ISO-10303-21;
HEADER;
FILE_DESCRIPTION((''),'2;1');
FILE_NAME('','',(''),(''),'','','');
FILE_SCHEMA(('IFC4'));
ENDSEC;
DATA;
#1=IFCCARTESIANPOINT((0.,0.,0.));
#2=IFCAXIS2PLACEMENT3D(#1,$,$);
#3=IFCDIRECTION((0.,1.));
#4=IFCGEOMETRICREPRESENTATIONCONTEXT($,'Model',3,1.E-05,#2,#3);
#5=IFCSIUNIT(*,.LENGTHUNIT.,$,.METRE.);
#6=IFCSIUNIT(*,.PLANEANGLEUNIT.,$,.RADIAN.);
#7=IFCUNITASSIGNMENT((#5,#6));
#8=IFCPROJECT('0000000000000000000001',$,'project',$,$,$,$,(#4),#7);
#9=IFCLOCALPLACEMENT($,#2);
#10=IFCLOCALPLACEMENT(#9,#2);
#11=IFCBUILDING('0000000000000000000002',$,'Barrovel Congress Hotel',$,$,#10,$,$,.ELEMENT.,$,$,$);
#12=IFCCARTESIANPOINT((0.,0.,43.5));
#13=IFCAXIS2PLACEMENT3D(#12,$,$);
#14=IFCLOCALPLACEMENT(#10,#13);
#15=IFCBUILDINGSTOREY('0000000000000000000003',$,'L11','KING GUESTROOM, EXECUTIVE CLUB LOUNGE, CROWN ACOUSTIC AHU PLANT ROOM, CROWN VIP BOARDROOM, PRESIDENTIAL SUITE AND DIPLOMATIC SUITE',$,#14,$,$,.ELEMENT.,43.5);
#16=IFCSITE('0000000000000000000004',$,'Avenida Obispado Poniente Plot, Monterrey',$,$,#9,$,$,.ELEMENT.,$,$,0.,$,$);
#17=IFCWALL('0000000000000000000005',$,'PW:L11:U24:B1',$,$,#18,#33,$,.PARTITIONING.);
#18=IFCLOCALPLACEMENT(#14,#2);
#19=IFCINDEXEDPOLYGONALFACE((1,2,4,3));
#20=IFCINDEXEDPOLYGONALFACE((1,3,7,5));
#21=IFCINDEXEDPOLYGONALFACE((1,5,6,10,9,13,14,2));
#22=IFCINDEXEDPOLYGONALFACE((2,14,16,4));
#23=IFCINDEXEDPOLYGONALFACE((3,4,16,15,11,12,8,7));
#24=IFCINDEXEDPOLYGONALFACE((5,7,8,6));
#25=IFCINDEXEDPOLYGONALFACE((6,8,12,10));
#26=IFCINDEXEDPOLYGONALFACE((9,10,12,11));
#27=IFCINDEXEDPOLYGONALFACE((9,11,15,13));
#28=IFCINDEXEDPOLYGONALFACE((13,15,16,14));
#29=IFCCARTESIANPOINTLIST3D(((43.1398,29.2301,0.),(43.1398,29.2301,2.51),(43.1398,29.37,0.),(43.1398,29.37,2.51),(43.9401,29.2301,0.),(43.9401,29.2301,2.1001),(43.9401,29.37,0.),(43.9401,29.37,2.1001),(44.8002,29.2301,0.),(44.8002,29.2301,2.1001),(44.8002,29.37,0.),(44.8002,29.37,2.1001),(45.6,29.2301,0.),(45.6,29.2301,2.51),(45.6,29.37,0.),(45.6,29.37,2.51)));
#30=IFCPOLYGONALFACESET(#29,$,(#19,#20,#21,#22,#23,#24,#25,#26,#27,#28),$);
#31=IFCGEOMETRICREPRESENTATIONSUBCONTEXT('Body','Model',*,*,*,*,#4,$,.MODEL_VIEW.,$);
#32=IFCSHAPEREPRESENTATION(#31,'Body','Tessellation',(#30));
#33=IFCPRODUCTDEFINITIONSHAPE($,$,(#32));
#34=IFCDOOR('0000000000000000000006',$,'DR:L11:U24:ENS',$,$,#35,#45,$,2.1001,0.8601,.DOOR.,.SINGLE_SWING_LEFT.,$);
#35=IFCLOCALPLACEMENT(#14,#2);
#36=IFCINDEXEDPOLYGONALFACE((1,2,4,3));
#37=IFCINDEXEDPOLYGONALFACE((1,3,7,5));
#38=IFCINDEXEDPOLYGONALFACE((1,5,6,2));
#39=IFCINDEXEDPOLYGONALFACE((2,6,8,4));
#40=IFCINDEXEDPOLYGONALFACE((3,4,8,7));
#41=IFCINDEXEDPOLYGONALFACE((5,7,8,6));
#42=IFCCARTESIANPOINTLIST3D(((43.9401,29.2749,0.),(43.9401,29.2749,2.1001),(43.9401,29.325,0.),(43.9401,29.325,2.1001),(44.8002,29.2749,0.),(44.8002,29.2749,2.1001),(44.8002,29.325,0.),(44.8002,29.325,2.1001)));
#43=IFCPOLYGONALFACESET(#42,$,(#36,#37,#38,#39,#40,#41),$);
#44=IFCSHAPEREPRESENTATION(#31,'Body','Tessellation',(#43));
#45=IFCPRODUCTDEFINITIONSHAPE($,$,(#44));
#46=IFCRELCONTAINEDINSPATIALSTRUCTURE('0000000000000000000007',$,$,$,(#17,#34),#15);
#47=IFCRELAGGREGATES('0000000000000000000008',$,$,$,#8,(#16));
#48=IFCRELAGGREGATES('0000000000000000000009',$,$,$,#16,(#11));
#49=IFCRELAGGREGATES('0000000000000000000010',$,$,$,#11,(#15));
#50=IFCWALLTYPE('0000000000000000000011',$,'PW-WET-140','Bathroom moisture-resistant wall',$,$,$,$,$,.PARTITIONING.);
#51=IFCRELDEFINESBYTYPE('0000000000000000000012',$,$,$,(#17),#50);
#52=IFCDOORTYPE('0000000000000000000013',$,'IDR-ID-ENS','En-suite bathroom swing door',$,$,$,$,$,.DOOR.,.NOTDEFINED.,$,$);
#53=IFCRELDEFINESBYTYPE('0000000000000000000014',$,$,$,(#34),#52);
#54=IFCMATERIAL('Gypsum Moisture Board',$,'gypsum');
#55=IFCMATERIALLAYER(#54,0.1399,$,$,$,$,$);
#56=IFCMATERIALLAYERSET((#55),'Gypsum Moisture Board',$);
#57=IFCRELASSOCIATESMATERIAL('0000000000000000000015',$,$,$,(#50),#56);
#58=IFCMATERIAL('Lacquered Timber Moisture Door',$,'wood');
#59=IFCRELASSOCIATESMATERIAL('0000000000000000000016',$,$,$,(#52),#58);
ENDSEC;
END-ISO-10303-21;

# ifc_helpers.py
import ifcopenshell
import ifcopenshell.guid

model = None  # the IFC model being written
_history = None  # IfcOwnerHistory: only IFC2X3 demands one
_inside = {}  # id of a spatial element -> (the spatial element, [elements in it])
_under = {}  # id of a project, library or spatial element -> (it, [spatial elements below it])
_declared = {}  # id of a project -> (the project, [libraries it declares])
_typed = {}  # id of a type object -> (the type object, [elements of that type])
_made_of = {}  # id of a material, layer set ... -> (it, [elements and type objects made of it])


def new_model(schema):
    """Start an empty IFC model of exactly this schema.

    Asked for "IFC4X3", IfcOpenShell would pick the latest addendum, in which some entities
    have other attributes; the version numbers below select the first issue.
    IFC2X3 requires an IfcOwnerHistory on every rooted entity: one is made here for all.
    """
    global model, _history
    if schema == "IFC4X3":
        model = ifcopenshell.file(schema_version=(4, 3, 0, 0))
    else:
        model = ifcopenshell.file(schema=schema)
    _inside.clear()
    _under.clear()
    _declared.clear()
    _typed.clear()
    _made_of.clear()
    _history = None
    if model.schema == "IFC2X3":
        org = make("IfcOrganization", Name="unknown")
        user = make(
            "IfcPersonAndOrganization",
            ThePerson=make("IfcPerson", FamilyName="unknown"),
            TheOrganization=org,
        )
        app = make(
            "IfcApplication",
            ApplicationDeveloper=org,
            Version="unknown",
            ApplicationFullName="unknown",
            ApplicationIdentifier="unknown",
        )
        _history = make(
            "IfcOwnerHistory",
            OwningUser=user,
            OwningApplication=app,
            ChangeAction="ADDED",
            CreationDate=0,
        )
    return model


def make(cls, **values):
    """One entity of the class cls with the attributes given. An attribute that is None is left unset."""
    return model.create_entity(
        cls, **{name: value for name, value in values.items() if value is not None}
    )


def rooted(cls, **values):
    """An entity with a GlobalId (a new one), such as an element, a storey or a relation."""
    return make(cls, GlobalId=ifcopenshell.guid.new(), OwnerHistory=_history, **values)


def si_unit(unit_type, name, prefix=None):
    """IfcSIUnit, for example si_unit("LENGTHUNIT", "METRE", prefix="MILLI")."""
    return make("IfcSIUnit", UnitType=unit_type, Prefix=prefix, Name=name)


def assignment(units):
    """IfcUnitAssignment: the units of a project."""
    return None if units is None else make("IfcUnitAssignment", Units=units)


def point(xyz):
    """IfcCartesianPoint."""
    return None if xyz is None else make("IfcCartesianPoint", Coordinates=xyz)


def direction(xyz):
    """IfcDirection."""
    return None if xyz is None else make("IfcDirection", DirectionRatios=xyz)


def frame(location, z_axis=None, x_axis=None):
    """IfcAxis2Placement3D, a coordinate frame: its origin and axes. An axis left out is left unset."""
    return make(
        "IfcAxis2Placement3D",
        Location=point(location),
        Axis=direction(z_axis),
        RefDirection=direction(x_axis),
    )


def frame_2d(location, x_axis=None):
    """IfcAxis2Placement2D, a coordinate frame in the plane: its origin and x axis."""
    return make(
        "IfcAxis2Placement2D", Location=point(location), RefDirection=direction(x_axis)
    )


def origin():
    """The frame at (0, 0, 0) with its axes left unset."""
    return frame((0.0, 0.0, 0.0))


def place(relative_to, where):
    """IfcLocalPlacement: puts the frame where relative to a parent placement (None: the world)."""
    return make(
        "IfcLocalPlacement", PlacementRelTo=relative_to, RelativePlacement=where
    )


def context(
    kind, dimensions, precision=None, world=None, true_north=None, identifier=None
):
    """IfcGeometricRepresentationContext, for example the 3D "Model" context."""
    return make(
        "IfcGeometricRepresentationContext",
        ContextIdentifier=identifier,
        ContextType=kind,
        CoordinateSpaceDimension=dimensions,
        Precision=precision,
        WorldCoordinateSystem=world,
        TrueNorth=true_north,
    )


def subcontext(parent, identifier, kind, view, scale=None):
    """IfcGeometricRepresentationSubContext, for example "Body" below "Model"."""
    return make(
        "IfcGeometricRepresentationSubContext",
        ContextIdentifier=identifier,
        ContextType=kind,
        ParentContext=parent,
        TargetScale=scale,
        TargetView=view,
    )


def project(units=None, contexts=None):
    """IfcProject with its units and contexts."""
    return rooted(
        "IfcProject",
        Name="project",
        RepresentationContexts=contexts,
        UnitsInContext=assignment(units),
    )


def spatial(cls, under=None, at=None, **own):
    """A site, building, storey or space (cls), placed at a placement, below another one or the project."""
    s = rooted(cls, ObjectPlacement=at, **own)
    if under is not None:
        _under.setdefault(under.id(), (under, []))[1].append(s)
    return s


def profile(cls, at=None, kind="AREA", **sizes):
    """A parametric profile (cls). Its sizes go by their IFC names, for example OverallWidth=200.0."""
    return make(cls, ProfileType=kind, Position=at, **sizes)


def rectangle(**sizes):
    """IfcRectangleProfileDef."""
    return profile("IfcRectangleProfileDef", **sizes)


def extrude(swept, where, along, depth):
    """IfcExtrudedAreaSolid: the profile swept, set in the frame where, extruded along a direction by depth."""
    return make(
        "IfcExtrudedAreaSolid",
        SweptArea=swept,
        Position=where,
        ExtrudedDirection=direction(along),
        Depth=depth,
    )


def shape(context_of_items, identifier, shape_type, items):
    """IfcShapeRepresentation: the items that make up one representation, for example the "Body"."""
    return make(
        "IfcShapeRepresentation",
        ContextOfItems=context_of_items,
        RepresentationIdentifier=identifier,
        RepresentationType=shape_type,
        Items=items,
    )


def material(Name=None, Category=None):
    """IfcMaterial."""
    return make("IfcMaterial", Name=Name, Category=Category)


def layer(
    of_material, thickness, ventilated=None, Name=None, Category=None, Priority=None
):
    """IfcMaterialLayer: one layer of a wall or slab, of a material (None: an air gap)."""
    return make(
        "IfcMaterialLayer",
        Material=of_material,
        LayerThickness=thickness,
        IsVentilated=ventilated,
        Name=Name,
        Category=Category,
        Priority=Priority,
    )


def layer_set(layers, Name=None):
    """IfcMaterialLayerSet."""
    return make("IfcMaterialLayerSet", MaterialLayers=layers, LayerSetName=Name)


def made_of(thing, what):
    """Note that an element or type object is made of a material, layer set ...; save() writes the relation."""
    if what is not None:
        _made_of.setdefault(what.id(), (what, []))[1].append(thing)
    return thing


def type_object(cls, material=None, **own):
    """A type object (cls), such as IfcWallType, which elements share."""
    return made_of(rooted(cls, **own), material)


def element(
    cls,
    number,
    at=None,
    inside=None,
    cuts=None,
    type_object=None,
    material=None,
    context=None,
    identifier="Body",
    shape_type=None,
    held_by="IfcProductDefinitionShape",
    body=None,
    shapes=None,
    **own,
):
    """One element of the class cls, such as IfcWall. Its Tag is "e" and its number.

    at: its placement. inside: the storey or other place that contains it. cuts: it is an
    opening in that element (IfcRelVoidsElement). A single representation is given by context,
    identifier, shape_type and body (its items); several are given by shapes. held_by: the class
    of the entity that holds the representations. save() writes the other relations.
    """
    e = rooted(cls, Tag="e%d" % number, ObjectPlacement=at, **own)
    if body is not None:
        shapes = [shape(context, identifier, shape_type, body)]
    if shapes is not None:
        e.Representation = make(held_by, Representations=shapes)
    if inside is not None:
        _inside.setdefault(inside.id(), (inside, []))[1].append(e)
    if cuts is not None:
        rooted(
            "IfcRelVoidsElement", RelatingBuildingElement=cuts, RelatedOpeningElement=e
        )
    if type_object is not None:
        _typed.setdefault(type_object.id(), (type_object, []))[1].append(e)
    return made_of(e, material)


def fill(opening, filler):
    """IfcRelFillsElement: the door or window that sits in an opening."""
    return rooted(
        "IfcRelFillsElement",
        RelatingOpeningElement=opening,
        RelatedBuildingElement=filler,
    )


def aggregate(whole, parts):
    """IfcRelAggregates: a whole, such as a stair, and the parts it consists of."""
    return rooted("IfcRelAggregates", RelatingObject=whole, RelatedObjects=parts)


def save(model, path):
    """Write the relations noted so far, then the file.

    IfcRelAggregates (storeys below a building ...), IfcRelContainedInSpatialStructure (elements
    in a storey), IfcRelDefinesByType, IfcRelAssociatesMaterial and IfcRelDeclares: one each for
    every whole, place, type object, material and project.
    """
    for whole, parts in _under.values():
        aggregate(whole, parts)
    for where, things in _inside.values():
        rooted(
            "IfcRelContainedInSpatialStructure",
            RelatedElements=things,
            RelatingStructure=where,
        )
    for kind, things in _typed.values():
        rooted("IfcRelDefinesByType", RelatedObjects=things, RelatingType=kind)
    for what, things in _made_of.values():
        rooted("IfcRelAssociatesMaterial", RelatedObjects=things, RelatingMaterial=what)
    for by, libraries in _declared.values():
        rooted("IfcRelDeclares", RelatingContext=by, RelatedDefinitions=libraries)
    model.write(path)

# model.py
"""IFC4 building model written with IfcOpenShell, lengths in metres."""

from ifc_helpers import new_model, si_unit, direction, frame, frame_2d, origin, place, context, subcontext, project, spatial, rectangle, extrude, material, layer, layer_set, type_object, element, fill, save


model = new_model("IFC4")

# Units and contexts
model_context = context("Model", 3, precision=1e-05, world=origin(), true_north=direction((0.0, 1.0)))
body_context = subcontext(model_context, "Body", "Model", "MODEL_VIEW")
ifc_project = project(units=[si_unit("LENGTHUNIT", "METRE"), si_unit("PLANEANGLEUNIT", "RADIAN")], contexts=[model_context])

# Site, building, storey
site_placement = place(None, origin())
site = spatial("IfcSite", under=ifc_project, at=site_placement, Name="Avenida Obispado Poniente Plot, Monterrey", CompositionType="ELEMENT", RefElevation=0.0)
building_placement = place(site_placement, origin())
building = spatial("IfcBuilding", under=site, at=building_placement, Name="Barrovel Congress Hotel", CompositionType="ELEMENT")
storey_placement = place(building_placement, frame((0.0, 0.0, 43.5)))
storey = spatial("IfcBuildingStorey", under=building, at=storey_placement, Name="L11", Description="KING GUESTROOM, EXECUTIVE CLUB LOUNGE, CROWN ACOUSTIC AHU PLANT ROOM, CROWN VIP BOARDROOM, PRESIDENTIAL SUITE AND DIPLOMATIC SUITE", CompositionType="ELEMENT", Elevation=43.5)

# Wall, opening, door
ifc_material_1 = material(Name="Gypsum Moisture Board", Category="gypsum")
ifc_layer_1 = layer(ifc_material_1, 0.1399)
ifc_layer_set_1 = layer_set([ifc_layer_1], Name="Gypsum Moisture Board")
wall_type_1 = type_object("IfcWallType", Name="PW-WET-140", Description="Bathroom moisture-resistant wall", PredefinedType="PARTITIONING", material=ifc_layer_set_1)
ifc_material_2 = material(Name="Lacquered Timber Moisture Door", Category="wood")
door_type_1 = type_object("IfcDoorType", Name="IDR-ID-ENS", Description="En-suite bathroom swing door", OperationType="NOTDEFINED", PredefinedType="DOOR", material=ifc_material_2)
wall_1_placement = place(storey_placement, frame((43.1399, 29.3, 0.0), z_axis=(0.0, 0.0, 1.0), x_axis=(1.0, 0.0, 0.0)))
wall_1 = element("IfcWall", 1, at=wall_1_placement, inside=storey, type_object=wall_type_1, Name="PW:L11:U24:B1", PredefinedType="PARTITIONING", context=body_context, shape_type="SweptSolid", body=[
    extrude(rectangle(XDim=2.4602, YDim=0.1399, at=frame_2d((1.23, 0.0))), origin(), (0.0, 0.0, 1.0), 2.51),
])
opening_1_placement = place(wall_1_placement, frame((0.8, 0.0, 0.0)))
opening_1 = element("IfcOpeningElement", 2, at=opening_1_placement, cuts=wall_1, PredefinedType="OPENING", context=body_context, shape_type="SweptSolid", body=[
    extrude(rectangle(XDim=0.8601, YDim=2.1001, at=frame_2d((0.4302, 1.05))), frame((0.0, 0.0801, 0.0), z_axis=(0.0, -1.0, 0.0), x_axis=(1.0, 0.0, 0.0)), (0.0, 0.0, 1.0), 0.1599),
])
door_1_placement = place(opening_1_placement, origin())
door_1 = element("IfcDoor", 3, at=door_1_placement, inside=storey, type_object=door_type_1, Name="DR:L11:U24:ENS", OperationType="SINGLE_SWING_LEFT", OverallHeight=2.1001, OverallWidth=0.8601, PredefinedType="DOOR", context=body_context, shape_type="SweptSolid", body=[
    extrude(rectangle(XDim=0.8601, YDim=2.1001, at=frame_2d((0.4302, 1.05))), frame((0.0, 0.0249, 0.0), z_axis=(0.0, -1.0, 0.0), x_axis=(1.0, 0.0, 0.0)), (0.0, 0.0, 1.0), 0.05),
])
fill(opening_1, door_1)

save(model, "model.ifc")
